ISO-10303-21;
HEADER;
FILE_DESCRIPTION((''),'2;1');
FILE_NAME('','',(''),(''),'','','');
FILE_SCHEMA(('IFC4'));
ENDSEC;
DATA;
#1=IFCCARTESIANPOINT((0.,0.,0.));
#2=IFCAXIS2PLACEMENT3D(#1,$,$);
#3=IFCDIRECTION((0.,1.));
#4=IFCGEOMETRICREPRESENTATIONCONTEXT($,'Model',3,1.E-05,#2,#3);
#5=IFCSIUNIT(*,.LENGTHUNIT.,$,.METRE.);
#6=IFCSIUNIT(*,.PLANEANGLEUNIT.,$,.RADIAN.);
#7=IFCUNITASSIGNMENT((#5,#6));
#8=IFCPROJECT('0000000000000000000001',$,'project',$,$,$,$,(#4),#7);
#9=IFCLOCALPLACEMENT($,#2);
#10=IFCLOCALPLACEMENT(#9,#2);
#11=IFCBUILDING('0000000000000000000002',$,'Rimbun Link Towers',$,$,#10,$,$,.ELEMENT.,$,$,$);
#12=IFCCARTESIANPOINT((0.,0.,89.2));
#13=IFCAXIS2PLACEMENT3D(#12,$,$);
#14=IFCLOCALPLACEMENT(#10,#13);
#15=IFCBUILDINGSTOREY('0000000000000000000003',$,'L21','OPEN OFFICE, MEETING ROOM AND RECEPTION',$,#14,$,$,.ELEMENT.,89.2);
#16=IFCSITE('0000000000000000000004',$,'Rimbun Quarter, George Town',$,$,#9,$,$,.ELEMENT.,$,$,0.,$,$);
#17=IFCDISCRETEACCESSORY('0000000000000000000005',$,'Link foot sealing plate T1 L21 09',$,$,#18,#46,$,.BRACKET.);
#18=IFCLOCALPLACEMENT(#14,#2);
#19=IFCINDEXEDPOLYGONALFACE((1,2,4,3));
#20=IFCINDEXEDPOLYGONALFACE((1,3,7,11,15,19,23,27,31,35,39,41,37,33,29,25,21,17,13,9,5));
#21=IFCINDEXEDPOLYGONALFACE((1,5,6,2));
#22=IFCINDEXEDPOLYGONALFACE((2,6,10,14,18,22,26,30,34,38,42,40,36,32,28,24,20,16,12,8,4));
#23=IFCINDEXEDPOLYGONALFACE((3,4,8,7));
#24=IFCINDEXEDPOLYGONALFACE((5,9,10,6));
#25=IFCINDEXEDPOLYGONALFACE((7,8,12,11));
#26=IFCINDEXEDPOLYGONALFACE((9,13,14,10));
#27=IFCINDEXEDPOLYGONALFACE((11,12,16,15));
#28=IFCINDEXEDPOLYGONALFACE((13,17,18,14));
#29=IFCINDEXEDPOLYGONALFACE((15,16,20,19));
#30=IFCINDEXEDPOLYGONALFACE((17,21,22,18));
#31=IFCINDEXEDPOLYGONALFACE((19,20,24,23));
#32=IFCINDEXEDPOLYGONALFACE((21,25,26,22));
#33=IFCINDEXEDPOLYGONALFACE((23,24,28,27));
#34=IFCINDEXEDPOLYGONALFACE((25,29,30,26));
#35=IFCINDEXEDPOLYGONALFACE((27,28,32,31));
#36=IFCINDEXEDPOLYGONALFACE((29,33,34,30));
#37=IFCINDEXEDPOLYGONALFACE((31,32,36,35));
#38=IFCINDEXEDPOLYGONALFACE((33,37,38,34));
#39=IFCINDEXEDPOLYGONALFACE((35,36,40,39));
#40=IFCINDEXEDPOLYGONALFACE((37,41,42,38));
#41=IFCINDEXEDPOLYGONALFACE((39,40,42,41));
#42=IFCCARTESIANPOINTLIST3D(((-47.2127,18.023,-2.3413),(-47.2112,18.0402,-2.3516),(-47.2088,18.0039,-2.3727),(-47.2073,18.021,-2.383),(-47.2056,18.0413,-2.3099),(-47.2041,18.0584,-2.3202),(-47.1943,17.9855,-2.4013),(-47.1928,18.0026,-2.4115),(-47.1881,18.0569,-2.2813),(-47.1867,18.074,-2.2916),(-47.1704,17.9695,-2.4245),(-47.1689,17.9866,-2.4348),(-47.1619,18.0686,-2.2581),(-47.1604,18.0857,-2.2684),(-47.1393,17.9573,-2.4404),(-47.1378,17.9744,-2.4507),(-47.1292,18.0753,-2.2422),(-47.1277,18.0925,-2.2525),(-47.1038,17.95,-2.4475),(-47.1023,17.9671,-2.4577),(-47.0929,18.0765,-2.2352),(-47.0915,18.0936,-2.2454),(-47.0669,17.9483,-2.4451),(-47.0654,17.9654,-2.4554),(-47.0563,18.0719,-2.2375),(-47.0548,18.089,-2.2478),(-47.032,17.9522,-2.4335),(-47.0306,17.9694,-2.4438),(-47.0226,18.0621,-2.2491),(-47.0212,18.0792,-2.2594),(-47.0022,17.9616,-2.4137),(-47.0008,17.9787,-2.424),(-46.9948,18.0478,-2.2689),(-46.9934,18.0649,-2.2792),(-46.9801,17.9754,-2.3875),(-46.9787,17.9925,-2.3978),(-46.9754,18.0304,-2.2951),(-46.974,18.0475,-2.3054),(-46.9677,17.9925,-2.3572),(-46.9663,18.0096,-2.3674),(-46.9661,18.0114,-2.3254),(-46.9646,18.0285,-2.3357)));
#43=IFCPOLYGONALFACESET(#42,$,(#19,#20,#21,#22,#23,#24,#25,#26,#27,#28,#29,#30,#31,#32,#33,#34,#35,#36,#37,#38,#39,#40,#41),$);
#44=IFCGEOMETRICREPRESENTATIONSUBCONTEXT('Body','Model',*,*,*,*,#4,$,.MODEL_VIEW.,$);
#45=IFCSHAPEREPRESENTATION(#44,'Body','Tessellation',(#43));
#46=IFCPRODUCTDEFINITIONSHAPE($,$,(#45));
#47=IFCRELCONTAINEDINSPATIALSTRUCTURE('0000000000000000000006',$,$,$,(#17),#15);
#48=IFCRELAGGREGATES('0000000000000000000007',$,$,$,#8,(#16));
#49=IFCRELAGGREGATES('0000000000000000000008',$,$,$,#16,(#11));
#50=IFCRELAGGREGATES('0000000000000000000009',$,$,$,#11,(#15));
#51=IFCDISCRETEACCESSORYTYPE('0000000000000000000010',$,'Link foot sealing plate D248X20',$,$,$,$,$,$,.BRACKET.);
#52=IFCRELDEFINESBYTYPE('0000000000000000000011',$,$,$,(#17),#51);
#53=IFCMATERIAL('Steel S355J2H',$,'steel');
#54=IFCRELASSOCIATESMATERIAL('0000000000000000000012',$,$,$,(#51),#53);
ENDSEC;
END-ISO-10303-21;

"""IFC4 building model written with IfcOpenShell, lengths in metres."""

from ifc_helpers import new_model, si_unit, direction, frame, origin, origin_2d, place, context, subcontext, project, spatial, circle, extrude, material, material_profile, profile_set, type_object, element, save


model = new_model("IFC4")

# Units and contexts
model_context = context("Model", 3, precision=1e-05, world=origin(), true_north=direction((0.0, 1.0)))
body_context = subcontext(model_context, "Body", "Model", "MODEL_VIEW")
ifc_project = project(units=[si_unit("LENGTHUNIT", "METRE"), si_unit("PLANEANGLEUNIT", "RADIAN")], contexts=[model_context])

# Site, building, storey
site_placement = place(None, origin())
site = spatial("IfcSite", under=ifc_project, at=site_placement, Name="Rimbun Quarter, George Town", CompositionType="ELEMENT", RefElevation=0.0)
building_placement = place(site_placement, origin())
building = spatial("IfcBuilding", under=site, at=building_placement, Name="Rimbun Link Towers", CompositionType="ELEMENT")
storey_placement = place(building_placement, frame((0.0, 0.0, 89.2)))
storey = spatial("IfcBuildingStorey", under=building, at=storey_placement, Name="L21", Description="OPEN OFFICE, MEETING ROOM AND RECEPTION", CompositionType="ELEMENT", Elevation=89.2)

# Discrete accessory
ifc_material_1 = material(Name="Steel S355J2H", Category="steel")
ifc_material_profile_1 = material_profile(ifc_material_1, circle(Radius=0.124, at=origin_2d()), Name="PL D248")
ifc_profile_set_1 = profile_set([ifc_material_profile_1], Name="Steel S355J2H")
discrete_accessory_type = type_object("IfcDiscreteAccessoryType", Name="Link foot sealing plate D248X20", PredefinedType="BRACKET", material=ifc_profile_set_1)
discrete_accessory_placement = place(storey_placement, frame((-47.0891, 18.0125, -2.3413), z_axis=(0.073302, 0.855186, -0.513112), x_axis=(-0.996347, 0.085401, 0.0)))
element("IfcDiscreteAccessory", 1, at=discrete_accessory_placement, inside=storey, type_object=discrete_accessory_type, Name="Link foot sealing plate T1 L21 09", PredefinedType="BRACKET", context=body_context, shape_type="SweptSolid", body=[
    extrude(circle(Radius=0.124, at=origin_2d()), origin(), (0.0, 0.0, 1.0), 0.02),
])

save(model, "model.ifc")
